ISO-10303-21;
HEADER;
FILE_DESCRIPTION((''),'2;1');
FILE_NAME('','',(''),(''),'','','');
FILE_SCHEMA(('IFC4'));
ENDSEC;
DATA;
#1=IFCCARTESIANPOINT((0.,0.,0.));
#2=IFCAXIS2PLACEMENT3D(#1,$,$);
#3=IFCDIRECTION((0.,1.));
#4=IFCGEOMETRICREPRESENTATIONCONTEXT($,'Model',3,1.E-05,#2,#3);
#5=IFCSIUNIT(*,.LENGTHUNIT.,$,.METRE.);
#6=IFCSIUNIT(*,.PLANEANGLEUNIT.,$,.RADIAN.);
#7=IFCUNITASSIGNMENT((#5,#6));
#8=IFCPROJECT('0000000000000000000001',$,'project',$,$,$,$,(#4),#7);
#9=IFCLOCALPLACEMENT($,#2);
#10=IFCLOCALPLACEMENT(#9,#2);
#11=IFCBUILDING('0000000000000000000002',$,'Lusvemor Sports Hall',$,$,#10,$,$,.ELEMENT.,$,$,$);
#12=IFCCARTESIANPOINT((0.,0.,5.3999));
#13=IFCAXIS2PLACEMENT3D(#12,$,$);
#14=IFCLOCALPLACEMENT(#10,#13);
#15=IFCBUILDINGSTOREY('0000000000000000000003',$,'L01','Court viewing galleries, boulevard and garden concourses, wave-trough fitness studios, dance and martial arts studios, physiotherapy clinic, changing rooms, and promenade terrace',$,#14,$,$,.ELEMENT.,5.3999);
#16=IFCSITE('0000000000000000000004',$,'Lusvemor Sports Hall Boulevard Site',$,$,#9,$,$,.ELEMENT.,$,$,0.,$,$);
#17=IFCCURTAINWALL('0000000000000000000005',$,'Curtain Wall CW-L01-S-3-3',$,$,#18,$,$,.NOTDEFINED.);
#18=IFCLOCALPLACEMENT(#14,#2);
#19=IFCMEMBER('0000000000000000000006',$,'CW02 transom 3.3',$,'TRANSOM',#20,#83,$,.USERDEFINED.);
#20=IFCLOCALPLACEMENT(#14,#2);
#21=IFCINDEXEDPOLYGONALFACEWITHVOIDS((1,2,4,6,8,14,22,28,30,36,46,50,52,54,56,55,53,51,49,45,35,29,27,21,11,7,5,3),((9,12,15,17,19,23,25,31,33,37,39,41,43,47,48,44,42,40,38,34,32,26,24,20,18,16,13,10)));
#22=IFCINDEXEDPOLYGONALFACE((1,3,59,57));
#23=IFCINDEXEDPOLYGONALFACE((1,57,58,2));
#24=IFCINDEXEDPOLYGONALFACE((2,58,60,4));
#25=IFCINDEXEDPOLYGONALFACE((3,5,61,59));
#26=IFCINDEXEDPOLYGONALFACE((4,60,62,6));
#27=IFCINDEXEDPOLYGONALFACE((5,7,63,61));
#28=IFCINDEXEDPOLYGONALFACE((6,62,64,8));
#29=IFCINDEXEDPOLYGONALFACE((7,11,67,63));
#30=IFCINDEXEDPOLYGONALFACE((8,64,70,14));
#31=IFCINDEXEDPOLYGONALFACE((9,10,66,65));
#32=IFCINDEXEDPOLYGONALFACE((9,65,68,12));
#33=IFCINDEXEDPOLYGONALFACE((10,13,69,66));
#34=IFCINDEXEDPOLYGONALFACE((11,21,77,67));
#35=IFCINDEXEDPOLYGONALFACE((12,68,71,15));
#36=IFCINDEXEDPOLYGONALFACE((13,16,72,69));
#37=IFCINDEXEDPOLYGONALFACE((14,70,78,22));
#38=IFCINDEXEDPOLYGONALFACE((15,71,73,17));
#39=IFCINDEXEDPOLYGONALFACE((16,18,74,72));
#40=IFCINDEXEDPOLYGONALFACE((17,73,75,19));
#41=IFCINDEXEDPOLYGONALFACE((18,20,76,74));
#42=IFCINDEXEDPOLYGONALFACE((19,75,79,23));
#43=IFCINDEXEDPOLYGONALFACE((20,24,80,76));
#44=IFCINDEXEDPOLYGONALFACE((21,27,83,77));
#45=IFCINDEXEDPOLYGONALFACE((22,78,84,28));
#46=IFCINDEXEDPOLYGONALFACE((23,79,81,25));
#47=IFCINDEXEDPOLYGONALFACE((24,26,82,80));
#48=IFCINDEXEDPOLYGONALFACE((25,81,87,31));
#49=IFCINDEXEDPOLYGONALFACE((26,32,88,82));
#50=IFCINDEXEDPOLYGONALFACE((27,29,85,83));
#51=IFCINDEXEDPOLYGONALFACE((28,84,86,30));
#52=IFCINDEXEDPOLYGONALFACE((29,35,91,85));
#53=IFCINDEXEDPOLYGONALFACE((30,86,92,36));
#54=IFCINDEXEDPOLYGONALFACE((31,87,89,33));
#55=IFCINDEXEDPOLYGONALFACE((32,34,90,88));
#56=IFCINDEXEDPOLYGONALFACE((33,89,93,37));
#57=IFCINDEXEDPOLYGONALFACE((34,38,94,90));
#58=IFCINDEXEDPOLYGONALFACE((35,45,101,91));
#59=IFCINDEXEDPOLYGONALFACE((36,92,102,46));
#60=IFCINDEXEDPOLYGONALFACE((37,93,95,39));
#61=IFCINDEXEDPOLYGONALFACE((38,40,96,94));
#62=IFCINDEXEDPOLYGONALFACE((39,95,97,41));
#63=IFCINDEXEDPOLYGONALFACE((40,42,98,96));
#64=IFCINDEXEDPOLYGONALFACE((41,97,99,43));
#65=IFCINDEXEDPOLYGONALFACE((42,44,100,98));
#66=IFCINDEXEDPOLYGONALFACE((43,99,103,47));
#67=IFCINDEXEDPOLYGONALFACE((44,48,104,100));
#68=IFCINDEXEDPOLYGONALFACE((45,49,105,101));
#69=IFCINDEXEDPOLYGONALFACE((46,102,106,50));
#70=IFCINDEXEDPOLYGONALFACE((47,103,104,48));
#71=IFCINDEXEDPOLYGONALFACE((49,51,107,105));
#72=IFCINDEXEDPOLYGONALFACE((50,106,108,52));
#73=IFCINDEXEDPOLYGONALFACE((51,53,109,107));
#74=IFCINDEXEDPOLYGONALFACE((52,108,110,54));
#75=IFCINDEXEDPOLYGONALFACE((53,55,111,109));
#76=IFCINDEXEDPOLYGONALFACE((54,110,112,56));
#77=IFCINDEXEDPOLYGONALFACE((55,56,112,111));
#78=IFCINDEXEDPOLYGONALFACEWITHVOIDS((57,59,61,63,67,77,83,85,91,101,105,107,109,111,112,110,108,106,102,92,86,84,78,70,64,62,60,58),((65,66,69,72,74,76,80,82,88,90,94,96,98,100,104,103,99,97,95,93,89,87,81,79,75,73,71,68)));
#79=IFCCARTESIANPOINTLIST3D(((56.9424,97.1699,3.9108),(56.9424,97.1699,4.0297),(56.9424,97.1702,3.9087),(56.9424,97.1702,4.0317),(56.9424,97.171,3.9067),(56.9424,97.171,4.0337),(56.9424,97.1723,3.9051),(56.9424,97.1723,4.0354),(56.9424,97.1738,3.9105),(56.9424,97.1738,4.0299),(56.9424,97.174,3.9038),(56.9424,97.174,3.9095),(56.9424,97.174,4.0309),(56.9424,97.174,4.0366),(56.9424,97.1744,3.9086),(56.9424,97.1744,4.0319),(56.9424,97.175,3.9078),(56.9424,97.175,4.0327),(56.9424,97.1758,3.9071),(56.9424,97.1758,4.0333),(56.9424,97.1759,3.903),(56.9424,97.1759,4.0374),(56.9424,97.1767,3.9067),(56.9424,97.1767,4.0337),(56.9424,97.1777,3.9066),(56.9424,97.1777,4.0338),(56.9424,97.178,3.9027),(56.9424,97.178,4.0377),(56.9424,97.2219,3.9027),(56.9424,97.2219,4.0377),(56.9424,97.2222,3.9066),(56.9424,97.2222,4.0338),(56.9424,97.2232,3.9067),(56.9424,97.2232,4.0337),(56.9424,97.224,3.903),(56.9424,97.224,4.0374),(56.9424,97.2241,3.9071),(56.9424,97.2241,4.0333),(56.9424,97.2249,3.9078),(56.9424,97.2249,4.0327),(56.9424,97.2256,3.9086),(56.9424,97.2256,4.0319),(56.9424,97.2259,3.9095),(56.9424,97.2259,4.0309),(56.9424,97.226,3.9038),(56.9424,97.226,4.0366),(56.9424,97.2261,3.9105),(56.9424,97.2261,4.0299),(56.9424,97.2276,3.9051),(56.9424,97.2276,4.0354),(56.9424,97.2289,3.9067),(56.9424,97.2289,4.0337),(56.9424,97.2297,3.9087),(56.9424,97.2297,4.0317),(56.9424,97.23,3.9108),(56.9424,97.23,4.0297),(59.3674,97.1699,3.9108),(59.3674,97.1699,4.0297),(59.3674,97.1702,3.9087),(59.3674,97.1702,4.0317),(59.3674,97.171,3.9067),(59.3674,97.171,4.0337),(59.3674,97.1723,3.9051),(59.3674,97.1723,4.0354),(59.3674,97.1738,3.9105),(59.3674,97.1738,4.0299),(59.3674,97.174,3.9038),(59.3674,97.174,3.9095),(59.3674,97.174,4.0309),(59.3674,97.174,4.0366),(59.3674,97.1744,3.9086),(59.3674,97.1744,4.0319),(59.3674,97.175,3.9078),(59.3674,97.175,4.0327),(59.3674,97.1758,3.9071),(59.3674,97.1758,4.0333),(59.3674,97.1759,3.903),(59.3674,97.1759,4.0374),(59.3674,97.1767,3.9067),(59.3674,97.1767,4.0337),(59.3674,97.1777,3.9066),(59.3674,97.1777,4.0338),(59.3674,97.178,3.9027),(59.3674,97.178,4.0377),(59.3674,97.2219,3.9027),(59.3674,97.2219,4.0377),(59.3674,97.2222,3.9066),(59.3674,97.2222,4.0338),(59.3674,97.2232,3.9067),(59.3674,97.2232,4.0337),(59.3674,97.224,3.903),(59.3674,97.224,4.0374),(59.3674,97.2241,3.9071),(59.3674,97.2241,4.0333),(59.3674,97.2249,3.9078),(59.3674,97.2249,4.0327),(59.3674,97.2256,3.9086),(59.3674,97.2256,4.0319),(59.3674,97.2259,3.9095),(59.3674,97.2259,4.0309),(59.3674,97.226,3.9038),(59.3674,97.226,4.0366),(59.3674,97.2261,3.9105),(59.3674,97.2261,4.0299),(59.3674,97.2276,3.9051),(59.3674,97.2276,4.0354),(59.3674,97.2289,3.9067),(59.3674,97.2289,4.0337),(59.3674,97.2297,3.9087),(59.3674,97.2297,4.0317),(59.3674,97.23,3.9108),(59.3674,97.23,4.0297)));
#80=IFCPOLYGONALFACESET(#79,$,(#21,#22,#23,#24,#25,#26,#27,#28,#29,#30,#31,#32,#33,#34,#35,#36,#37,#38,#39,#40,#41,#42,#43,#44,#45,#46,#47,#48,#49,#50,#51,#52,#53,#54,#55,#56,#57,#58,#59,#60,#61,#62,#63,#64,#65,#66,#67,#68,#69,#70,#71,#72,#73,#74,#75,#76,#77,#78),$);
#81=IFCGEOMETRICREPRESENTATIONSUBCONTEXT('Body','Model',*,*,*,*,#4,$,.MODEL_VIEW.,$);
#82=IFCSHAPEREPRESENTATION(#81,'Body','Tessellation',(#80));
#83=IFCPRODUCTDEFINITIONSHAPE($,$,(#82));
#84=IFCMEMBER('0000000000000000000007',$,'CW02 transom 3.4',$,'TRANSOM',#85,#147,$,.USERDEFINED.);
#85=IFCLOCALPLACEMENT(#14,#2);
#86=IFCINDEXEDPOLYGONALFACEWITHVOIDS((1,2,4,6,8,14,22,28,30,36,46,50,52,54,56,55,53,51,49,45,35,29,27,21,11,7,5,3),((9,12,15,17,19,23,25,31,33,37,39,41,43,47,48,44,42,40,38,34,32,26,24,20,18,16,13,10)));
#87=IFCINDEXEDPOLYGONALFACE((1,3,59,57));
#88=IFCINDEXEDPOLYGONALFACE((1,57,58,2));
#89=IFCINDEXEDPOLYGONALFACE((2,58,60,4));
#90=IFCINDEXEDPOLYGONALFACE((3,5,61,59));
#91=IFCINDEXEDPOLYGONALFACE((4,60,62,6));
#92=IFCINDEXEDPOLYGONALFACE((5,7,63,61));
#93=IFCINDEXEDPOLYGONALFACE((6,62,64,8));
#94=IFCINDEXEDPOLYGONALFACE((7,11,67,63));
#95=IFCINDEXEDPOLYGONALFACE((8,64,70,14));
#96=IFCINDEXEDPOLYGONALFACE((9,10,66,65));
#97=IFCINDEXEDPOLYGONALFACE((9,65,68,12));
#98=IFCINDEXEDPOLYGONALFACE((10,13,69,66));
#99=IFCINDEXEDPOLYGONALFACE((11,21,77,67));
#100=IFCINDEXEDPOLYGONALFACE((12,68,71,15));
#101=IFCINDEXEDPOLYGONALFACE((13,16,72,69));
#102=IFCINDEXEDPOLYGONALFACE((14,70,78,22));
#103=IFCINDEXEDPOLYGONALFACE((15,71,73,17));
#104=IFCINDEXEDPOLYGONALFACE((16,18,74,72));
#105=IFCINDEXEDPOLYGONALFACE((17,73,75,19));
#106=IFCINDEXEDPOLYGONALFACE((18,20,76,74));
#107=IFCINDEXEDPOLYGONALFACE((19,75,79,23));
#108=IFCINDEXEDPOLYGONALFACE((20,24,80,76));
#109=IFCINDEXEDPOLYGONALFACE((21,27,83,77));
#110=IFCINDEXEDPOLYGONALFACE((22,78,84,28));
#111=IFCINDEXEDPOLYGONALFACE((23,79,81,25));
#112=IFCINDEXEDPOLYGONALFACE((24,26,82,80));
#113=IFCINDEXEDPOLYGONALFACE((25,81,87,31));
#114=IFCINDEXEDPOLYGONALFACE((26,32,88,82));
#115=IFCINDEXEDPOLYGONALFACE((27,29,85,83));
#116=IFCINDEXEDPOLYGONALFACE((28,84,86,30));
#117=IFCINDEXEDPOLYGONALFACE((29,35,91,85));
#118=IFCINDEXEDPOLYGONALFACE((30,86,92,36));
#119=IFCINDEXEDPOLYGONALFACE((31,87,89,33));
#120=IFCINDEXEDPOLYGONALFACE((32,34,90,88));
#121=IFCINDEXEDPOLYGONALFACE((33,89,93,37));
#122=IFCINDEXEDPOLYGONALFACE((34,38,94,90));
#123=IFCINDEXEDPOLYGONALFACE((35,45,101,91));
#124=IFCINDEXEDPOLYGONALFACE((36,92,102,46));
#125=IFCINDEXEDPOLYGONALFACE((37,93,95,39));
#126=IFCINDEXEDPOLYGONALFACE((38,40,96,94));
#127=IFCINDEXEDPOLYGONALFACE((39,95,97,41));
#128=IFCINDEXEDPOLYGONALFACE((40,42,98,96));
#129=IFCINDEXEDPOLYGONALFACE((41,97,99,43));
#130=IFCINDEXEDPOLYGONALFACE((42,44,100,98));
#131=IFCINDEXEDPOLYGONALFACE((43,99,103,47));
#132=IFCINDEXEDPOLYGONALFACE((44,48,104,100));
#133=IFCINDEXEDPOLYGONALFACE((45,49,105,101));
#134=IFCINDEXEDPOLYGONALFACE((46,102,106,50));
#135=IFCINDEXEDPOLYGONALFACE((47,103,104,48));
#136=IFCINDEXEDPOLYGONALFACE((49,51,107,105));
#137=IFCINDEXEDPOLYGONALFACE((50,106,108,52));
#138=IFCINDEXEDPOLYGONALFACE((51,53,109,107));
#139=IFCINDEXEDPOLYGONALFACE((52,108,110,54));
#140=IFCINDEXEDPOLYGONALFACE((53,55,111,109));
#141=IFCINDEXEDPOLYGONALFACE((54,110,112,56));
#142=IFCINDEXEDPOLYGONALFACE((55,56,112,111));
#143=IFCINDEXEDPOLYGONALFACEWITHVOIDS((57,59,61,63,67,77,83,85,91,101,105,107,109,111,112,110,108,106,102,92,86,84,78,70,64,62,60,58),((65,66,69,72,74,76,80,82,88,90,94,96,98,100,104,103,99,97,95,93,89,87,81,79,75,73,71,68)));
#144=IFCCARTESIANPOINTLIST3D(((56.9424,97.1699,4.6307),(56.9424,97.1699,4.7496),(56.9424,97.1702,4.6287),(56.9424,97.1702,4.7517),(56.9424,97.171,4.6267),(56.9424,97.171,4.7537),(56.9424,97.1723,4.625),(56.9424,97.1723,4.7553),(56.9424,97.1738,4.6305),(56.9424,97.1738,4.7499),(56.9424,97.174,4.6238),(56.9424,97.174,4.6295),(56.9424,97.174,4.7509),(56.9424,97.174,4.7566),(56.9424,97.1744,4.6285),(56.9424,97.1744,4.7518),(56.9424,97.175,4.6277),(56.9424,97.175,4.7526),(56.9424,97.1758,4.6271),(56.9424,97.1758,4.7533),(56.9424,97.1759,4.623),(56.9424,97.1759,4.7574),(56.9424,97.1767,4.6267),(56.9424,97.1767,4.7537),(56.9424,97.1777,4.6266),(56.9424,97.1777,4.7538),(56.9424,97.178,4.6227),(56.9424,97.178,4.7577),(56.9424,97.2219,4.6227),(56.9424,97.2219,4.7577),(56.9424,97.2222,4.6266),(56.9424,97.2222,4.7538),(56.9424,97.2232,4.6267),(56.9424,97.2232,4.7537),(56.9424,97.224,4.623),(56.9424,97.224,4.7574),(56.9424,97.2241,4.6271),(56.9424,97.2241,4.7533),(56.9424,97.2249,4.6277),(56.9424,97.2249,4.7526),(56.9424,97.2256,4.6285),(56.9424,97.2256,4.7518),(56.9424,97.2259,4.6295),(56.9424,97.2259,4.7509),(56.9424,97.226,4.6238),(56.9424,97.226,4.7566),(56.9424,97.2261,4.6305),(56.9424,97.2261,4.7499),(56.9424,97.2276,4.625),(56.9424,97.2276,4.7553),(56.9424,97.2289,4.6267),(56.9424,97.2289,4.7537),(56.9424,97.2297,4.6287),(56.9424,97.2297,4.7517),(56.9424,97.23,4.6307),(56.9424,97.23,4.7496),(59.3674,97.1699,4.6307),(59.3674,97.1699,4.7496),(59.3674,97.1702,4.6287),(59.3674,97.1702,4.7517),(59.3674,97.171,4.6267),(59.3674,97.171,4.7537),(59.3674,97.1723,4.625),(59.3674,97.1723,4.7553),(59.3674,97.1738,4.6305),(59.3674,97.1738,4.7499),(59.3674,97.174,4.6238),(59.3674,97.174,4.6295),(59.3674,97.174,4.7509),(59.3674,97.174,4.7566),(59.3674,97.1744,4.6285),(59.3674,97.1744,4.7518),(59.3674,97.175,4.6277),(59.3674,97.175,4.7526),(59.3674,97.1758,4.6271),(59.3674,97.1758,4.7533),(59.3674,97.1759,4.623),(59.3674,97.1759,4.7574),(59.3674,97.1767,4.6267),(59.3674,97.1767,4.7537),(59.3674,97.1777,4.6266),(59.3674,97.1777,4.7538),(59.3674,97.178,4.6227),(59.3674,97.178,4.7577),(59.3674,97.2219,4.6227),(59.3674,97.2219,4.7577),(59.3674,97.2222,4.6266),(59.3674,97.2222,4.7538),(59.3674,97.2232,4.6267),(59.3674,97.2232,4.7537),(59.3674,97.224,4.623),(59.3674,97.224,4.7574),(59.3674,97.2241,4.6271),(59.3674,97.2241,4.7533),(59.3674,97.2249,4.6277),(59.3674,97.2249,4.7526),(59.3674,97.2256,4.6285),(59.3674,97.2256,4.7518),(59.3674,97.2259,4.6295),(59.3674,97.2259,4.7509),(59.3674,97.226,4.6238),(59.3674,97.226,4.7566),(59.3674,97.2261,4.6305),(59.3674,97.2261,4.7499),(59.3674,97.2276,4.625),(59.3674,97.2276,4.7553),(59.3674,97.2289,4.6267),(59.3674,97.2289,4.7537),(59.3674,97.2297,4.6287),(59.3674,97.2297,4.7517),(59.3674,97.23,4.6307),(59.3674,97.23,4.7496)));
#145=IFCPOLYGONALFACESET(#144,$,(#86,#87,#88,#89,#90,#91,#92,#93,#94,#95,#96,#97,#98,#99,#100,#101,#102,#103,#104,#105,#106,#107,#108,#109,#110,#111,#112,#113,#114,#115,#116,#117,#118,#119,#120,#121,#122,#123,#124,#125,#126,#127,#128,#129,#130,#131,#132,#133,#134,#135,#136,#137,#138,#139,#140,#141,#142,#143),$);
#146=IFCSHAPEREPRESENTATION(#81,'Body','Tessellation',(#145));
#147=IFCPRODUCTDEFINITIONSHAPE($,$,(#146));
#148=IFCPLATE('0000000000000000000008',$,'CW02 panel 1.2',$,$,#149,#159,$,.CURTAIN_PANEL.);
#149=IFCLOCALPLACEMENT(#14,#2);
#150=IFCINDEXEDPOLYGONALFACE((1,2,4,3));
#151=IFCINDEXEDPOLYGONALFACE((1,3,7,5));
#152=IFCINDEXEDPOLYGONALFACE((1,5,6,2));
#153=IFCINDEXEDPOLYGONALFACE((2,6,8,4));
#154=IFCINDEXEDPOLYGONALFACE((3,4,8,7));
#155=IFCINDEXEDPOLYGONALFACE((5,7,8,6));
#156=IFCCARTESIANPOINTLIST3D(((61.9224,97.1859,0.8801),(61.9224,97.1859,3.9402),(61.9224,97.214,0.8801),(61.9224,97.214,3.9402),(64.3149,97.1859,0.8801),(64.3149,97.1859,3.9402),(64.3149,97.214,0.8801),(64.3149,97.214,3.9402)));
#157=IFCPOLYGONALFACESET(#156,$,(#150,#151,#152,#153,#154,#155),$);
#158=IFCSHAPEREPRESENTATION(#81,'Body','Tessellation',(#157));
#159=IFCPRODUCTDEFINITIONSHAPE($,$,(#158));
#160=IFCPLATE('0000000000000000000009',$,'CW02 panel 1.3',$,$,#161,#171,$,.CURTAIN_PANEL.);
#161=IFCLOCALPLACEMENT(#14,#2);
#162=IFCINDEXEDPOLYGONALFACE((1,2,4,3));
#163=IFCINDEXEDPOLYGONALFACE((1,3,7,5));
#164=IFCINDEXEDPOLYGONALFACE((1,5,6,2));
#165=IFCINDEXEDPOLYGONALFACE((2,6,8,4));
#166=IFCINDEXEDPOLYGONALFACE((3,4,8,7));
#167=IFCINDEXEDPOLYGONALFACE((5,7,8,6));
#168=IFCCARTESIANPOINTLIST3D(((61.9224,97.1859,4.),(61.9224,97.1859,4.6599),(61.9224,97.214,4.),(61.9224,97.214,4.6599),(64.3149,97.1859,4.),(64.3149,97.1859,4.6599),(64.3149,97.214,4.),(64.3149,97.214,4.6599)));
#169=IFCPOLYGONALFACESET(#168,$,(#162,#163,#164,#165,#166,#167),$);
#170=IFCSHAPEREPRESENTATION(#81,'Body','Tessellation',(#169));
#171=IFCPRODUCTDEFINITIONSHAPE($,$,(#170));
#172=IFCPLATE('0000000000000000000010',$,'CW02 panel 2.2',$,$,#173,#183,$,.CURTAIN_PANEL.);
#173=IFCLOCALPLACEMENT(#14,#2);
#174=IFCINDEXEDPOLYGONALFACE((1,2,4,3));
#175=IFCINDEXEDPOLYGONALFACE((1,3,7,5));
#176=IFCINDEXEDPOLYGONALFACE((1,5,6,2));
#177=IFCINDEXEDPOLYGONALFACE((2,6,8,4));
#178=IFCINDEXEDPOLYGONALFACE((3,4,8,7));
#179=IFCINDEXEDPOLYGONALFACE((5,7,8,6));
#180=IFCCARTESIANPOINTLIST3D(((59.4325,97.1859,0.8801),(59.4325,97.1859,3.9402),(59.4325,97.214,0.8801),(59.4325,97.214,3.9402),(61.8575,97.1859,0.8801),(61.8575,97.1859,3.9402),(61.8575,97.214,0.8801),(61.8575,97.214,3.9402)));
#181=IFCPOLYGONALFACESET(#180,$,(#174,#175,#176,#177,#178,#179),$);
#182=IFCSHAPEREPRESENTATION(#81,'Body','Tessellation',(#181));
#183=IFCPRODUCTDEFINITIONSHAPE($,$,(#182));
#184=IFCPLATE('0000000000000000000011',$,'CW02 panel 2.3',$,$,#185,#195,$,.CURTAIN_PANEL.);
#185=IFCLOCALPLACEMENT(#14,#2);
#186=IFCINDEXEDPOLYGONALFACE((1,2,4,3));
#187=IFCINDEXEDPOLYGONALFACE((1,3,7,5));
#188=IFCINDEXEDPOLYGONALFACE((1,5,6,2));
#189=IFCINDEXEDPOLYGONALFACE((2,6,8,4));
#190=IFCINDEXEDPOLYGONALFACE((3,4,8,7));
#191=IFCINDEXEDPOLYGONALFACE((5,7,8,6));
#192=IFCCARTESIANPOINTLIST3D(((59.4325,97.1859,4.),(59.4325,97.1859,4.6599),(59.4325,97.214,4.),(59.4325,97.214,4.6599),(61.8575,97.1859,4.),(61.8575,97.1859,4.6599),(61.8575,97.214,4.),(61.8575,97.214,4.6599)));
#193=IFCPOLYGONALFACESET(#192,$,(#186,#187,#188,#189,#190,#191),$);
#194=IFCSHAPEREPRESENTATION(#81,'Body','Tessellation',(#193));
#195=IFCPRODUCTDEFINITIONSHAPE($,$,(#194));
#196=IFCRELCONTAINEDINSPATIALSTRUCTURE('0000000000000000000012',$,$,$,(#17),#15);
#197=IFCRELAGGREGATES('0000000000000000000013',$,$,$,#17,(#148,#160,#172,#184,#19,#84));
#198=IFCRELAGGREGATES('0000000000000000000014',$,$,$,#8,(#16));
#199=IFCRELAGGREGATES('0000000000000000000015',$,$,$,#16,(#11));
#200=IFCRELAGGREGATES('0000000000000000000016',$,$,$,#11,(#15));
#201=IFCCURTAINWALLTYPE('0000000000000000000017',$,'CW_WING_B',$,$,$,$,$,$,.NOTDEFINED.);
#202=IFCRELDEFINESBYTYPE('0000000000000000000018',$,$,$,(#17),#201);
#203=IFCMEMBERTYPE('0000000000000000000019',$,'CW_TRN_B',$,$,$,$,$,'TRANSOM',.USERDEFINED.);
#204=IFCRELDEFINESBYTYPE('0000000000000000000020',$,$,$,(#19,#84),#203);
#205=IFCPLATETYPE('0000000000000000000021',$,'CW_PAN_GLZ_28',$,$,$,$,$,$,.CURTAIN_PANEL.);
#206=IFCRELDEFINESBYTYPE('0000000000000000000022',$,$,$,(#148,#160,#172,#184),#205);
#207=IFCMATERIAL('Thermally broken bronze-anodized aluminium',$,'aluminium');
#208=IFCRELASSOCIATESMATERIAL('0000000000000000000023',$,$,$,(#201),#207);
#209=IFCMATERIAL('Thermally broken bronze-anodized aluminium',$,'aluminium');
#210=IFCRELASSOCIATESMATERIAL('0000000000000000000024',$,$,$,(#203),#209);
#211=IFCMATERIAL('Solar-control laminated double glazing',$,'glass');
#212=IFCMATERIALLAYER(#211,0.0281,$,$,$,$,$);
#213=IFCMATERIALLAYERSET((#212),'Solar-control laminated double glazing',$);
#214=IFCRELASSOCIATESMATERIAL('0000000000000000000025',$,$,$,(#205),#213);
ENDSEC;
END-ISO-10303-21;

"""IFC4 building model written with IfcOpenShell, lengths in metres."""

from ifc_helpers import new_model, si_unit, direction, frame, origin, origin_2d, place, context, subcontext, project, spatial, rectangle, hollow_rectangle, extrude, material, layer, layer_set, material_profile, profile_set, type_object, element, aggregate, save


model = new_model("IFC4")

# Units and contexts
model_context = context("Model", 3, precision=1e-05, world=origin(), true_north=direction((0.0, 1.0)))
body_context = subcontext(model_context, "Body", "Model", "MODEL_VIEW")
ifc_project = project(units=[si_unit("LENGTHUNIT", "METRE"), si_unit("PLANEANGLEUNIT", "RADIAN")], contexts=[model_context])

# Site, building, storey
site_placement = place(None, origin())
site = spatial("IfcSite", under=ifc_project, at=site_placement, Name="Lusvemor Sports Hall Boulevard Site", CompositionType="ELEMENT", RefElevation=0.0)
building_placement = place(site_placement, origin())
building = spatial("IfcBuilding", under=site, at=building_placement, Name="Lusvemor Sports Hall", CompositionType="ELEMENT")
storey_placement = place(building_placement, frame((0.0, 0.0, 5.3999)))
storey = spatial("IfcBuildingStorey", under=building, at=storey_placement, Name="L01", Description="Court viewing galleries, boulevard and garden concourses, wave-trough fitness studios, dance and martial arts studios, physiotherapy clinic, changing rooms, and promenade terrace", CompositionType="ELEMENT", Elevation=5.3999)

# Curtain wall, members, plates
ifc_material_1 = material(Name="Thermally broken bronze-anodized aluminium", Category="aluminium")
curtain_wall_type = type_object("IfcCurtainWallType", Name="CW_WING_B", PredefinedType="NOTDEFINED", material=ifc_material_1)
curtain_wall_placement = place(storey_placement, origin())
curtain_wall = element("IfcCurtainWall", 1, at=curtain_wall_placement, inside=storey, type_object=curtain_wall_type, Name="Curtain Wall CW-L01-S-3-3", PredefinedType="NOTDEFINED")
ifc_material_2 = material(Name="Thermally broken bronze-anodized aluminium", Category="aluminium")
ifc_material_profile_1 = material_profile(ifc_material_2, hollow_rectangle(XDim=0.0601, YDim=0.135, WallThickness=0.0039, InnerFilletRadius=0.0039, OuterFilletRadius=0.0081, at=origin_2d()), Name="CWTRN135x60x4")
ifc_profile_set_1 = profile_set([ifc_material_profile_1], Name="Thermally broken bronze-anodized aluminium")
member_type_1 = type_object("IfcMemberType", Name="CW_TRN_B", ElementType="TRANSOM", PredefinedType="USERDEFINED", material=ifc_profile_set_1)
member_1_placement = place(storey_placement, frame((59.3674, 97.2, 3.9702), z_axis=(-1.0, 0.0, 0.0), x_axis=(0.0, -1.0, 0.0)))
member_1 = element("IfcMember", 2, at=member_1_placement, type_object=member_type_1, Name="CW02 transom 3.3", ObjectType="TRANSOM", PredefinedType="USERDEFINED", context=body_context, shape_type="SweptSolid", body=[
    extrude(hollow_rectangle(XDim=0.0601, YDim=0.135, WallThickness=0.0039, InnerFilletRadius=0.0039, OuterFilletRadius=0.0081, at=origin_2d()), origin(), (0.0, 0.0, 1.0), 2.425),
])
member_2_placement = place(storey_placement, frame((59.3674, 97.2, 4.6902), z_axis=(-1.0, 0.0, 0.0), x_axis=(0.0, -1.0, 0.0)))
member_2 = element("IfcMember", 3, at=member_2_placement, type_object=member_type_1, Name="CW02 transom 3.4", ObjectType="TRANSOM", PredefinedType="USERDEFINED", context=body_context, shape_type="SweptSolid", body=[
    extrude(hollow_rectangle(XDim=0.0601, YDim=0.135, WallThickness=0.0039, InnerFilletRadius=0.0039, OuterFilletRadius=0.0081, at=origin_2d()), origin(), (0.0, 0.0, 1.0), 2.425),
])
ifc_material_3 = material(Name="Solar-control laminated double glazing", Category="glass")
ifc_layer_1 = layer(ifc_material_3, 0.0281)
ifc_layer_set_1 = layer_set([ifc_layer_1], Name="Solar-control laminated double glazing")
plate_type_1 = type_object("IfcPlateType", Name="CW_PAN_GLZ_28", PredefinedType="CURTAIN_PANEL", material=ifc_layer_set_1)
plate_1_placement = place(storey_placement, frame((63.1187, 97.2, 0.8801), z_axis=(0.0, 0.0, 1.0), x_axis=(-1.0, 0.0, 0.0)))
plate_1 = element("IfcPlate", 4, at=plate_1_placement, type_object=plate_type_1, Name="CW02 panel 1.2", PredefinedType="CURTAIN_PANEL", context=body_context, shape_type="SweptSolid", body=[
    extrude(rectangle(XDim=2.3926, YDim=0.0281, at=origin_2d()), origin(), (0.0, 0.0, 1.0), 3.0601),
])
plate_2_placement = place(storey_placement, frame((63.1187, 97.2, 4.0), z_axis=(0.0, 0.0, 1.0), x_axis=(-1.0, 0.0, 0.0)))
plate_2 = element("IfcPlate", 5, at=plate_2_placement, type_object=plate_type_1, Name="CW02 panel 1.3", PredefinedType="CURTAIN_PANEL", context=body_context, shape_type="SweptSolid", body=[
    extrude(rectangle(XDim=2.3926, YDim=0.0281, at=origin_2d()), origin(), (0.0, 0.0, 1.0), 0.6599),
])
plate_3_placement = place(storey_placement, frame((60.645, 97.2, 0.8801), z_axis=(0.0, 0.0, 1.0), x_axis=(-1.0, 0.0, 0.0)))
plate_3 = element("IfcPlate", 6, at=plate_3_placement, type_object=plate_type_1, Name="CW02 panel 2.2", PredefinedType="CURTAIN_PANEL", context=body_context, shape_type="SweptSolid", body=[
    extrude(rectangle(XDim=2.425, YDim=0.0281, at=origin_2d()), origin(), (0.0, 0.0, 1.0), 3.0601),
])
plate_4_placement = place(storey_placement, frame((60.645, 97.2, 4.0), z_axis=(0.0, 0.0, 1.0), x_axis=(-1.0, 0.0, 0.0)))
plate_4 = element("IfcPlate", 7, at=plate_4_placement, type_object=plate_type_1, Name="CW02 panel 2.3", PredefinedType="CURTAIN_PANEL", context=body_context, shape_type="SweptSolid", body=[
    extrude(rectangle(XDim=2.425, YDim=0.0281, at=origin_2d()), origin(), (0.0, 0.0, 1.0), 0.6599),
])
aggregate(curtain_wall, [plate_1, plate_2, plate_3, plate_4, member_1, member_2])

save(model, "model.ifc")
